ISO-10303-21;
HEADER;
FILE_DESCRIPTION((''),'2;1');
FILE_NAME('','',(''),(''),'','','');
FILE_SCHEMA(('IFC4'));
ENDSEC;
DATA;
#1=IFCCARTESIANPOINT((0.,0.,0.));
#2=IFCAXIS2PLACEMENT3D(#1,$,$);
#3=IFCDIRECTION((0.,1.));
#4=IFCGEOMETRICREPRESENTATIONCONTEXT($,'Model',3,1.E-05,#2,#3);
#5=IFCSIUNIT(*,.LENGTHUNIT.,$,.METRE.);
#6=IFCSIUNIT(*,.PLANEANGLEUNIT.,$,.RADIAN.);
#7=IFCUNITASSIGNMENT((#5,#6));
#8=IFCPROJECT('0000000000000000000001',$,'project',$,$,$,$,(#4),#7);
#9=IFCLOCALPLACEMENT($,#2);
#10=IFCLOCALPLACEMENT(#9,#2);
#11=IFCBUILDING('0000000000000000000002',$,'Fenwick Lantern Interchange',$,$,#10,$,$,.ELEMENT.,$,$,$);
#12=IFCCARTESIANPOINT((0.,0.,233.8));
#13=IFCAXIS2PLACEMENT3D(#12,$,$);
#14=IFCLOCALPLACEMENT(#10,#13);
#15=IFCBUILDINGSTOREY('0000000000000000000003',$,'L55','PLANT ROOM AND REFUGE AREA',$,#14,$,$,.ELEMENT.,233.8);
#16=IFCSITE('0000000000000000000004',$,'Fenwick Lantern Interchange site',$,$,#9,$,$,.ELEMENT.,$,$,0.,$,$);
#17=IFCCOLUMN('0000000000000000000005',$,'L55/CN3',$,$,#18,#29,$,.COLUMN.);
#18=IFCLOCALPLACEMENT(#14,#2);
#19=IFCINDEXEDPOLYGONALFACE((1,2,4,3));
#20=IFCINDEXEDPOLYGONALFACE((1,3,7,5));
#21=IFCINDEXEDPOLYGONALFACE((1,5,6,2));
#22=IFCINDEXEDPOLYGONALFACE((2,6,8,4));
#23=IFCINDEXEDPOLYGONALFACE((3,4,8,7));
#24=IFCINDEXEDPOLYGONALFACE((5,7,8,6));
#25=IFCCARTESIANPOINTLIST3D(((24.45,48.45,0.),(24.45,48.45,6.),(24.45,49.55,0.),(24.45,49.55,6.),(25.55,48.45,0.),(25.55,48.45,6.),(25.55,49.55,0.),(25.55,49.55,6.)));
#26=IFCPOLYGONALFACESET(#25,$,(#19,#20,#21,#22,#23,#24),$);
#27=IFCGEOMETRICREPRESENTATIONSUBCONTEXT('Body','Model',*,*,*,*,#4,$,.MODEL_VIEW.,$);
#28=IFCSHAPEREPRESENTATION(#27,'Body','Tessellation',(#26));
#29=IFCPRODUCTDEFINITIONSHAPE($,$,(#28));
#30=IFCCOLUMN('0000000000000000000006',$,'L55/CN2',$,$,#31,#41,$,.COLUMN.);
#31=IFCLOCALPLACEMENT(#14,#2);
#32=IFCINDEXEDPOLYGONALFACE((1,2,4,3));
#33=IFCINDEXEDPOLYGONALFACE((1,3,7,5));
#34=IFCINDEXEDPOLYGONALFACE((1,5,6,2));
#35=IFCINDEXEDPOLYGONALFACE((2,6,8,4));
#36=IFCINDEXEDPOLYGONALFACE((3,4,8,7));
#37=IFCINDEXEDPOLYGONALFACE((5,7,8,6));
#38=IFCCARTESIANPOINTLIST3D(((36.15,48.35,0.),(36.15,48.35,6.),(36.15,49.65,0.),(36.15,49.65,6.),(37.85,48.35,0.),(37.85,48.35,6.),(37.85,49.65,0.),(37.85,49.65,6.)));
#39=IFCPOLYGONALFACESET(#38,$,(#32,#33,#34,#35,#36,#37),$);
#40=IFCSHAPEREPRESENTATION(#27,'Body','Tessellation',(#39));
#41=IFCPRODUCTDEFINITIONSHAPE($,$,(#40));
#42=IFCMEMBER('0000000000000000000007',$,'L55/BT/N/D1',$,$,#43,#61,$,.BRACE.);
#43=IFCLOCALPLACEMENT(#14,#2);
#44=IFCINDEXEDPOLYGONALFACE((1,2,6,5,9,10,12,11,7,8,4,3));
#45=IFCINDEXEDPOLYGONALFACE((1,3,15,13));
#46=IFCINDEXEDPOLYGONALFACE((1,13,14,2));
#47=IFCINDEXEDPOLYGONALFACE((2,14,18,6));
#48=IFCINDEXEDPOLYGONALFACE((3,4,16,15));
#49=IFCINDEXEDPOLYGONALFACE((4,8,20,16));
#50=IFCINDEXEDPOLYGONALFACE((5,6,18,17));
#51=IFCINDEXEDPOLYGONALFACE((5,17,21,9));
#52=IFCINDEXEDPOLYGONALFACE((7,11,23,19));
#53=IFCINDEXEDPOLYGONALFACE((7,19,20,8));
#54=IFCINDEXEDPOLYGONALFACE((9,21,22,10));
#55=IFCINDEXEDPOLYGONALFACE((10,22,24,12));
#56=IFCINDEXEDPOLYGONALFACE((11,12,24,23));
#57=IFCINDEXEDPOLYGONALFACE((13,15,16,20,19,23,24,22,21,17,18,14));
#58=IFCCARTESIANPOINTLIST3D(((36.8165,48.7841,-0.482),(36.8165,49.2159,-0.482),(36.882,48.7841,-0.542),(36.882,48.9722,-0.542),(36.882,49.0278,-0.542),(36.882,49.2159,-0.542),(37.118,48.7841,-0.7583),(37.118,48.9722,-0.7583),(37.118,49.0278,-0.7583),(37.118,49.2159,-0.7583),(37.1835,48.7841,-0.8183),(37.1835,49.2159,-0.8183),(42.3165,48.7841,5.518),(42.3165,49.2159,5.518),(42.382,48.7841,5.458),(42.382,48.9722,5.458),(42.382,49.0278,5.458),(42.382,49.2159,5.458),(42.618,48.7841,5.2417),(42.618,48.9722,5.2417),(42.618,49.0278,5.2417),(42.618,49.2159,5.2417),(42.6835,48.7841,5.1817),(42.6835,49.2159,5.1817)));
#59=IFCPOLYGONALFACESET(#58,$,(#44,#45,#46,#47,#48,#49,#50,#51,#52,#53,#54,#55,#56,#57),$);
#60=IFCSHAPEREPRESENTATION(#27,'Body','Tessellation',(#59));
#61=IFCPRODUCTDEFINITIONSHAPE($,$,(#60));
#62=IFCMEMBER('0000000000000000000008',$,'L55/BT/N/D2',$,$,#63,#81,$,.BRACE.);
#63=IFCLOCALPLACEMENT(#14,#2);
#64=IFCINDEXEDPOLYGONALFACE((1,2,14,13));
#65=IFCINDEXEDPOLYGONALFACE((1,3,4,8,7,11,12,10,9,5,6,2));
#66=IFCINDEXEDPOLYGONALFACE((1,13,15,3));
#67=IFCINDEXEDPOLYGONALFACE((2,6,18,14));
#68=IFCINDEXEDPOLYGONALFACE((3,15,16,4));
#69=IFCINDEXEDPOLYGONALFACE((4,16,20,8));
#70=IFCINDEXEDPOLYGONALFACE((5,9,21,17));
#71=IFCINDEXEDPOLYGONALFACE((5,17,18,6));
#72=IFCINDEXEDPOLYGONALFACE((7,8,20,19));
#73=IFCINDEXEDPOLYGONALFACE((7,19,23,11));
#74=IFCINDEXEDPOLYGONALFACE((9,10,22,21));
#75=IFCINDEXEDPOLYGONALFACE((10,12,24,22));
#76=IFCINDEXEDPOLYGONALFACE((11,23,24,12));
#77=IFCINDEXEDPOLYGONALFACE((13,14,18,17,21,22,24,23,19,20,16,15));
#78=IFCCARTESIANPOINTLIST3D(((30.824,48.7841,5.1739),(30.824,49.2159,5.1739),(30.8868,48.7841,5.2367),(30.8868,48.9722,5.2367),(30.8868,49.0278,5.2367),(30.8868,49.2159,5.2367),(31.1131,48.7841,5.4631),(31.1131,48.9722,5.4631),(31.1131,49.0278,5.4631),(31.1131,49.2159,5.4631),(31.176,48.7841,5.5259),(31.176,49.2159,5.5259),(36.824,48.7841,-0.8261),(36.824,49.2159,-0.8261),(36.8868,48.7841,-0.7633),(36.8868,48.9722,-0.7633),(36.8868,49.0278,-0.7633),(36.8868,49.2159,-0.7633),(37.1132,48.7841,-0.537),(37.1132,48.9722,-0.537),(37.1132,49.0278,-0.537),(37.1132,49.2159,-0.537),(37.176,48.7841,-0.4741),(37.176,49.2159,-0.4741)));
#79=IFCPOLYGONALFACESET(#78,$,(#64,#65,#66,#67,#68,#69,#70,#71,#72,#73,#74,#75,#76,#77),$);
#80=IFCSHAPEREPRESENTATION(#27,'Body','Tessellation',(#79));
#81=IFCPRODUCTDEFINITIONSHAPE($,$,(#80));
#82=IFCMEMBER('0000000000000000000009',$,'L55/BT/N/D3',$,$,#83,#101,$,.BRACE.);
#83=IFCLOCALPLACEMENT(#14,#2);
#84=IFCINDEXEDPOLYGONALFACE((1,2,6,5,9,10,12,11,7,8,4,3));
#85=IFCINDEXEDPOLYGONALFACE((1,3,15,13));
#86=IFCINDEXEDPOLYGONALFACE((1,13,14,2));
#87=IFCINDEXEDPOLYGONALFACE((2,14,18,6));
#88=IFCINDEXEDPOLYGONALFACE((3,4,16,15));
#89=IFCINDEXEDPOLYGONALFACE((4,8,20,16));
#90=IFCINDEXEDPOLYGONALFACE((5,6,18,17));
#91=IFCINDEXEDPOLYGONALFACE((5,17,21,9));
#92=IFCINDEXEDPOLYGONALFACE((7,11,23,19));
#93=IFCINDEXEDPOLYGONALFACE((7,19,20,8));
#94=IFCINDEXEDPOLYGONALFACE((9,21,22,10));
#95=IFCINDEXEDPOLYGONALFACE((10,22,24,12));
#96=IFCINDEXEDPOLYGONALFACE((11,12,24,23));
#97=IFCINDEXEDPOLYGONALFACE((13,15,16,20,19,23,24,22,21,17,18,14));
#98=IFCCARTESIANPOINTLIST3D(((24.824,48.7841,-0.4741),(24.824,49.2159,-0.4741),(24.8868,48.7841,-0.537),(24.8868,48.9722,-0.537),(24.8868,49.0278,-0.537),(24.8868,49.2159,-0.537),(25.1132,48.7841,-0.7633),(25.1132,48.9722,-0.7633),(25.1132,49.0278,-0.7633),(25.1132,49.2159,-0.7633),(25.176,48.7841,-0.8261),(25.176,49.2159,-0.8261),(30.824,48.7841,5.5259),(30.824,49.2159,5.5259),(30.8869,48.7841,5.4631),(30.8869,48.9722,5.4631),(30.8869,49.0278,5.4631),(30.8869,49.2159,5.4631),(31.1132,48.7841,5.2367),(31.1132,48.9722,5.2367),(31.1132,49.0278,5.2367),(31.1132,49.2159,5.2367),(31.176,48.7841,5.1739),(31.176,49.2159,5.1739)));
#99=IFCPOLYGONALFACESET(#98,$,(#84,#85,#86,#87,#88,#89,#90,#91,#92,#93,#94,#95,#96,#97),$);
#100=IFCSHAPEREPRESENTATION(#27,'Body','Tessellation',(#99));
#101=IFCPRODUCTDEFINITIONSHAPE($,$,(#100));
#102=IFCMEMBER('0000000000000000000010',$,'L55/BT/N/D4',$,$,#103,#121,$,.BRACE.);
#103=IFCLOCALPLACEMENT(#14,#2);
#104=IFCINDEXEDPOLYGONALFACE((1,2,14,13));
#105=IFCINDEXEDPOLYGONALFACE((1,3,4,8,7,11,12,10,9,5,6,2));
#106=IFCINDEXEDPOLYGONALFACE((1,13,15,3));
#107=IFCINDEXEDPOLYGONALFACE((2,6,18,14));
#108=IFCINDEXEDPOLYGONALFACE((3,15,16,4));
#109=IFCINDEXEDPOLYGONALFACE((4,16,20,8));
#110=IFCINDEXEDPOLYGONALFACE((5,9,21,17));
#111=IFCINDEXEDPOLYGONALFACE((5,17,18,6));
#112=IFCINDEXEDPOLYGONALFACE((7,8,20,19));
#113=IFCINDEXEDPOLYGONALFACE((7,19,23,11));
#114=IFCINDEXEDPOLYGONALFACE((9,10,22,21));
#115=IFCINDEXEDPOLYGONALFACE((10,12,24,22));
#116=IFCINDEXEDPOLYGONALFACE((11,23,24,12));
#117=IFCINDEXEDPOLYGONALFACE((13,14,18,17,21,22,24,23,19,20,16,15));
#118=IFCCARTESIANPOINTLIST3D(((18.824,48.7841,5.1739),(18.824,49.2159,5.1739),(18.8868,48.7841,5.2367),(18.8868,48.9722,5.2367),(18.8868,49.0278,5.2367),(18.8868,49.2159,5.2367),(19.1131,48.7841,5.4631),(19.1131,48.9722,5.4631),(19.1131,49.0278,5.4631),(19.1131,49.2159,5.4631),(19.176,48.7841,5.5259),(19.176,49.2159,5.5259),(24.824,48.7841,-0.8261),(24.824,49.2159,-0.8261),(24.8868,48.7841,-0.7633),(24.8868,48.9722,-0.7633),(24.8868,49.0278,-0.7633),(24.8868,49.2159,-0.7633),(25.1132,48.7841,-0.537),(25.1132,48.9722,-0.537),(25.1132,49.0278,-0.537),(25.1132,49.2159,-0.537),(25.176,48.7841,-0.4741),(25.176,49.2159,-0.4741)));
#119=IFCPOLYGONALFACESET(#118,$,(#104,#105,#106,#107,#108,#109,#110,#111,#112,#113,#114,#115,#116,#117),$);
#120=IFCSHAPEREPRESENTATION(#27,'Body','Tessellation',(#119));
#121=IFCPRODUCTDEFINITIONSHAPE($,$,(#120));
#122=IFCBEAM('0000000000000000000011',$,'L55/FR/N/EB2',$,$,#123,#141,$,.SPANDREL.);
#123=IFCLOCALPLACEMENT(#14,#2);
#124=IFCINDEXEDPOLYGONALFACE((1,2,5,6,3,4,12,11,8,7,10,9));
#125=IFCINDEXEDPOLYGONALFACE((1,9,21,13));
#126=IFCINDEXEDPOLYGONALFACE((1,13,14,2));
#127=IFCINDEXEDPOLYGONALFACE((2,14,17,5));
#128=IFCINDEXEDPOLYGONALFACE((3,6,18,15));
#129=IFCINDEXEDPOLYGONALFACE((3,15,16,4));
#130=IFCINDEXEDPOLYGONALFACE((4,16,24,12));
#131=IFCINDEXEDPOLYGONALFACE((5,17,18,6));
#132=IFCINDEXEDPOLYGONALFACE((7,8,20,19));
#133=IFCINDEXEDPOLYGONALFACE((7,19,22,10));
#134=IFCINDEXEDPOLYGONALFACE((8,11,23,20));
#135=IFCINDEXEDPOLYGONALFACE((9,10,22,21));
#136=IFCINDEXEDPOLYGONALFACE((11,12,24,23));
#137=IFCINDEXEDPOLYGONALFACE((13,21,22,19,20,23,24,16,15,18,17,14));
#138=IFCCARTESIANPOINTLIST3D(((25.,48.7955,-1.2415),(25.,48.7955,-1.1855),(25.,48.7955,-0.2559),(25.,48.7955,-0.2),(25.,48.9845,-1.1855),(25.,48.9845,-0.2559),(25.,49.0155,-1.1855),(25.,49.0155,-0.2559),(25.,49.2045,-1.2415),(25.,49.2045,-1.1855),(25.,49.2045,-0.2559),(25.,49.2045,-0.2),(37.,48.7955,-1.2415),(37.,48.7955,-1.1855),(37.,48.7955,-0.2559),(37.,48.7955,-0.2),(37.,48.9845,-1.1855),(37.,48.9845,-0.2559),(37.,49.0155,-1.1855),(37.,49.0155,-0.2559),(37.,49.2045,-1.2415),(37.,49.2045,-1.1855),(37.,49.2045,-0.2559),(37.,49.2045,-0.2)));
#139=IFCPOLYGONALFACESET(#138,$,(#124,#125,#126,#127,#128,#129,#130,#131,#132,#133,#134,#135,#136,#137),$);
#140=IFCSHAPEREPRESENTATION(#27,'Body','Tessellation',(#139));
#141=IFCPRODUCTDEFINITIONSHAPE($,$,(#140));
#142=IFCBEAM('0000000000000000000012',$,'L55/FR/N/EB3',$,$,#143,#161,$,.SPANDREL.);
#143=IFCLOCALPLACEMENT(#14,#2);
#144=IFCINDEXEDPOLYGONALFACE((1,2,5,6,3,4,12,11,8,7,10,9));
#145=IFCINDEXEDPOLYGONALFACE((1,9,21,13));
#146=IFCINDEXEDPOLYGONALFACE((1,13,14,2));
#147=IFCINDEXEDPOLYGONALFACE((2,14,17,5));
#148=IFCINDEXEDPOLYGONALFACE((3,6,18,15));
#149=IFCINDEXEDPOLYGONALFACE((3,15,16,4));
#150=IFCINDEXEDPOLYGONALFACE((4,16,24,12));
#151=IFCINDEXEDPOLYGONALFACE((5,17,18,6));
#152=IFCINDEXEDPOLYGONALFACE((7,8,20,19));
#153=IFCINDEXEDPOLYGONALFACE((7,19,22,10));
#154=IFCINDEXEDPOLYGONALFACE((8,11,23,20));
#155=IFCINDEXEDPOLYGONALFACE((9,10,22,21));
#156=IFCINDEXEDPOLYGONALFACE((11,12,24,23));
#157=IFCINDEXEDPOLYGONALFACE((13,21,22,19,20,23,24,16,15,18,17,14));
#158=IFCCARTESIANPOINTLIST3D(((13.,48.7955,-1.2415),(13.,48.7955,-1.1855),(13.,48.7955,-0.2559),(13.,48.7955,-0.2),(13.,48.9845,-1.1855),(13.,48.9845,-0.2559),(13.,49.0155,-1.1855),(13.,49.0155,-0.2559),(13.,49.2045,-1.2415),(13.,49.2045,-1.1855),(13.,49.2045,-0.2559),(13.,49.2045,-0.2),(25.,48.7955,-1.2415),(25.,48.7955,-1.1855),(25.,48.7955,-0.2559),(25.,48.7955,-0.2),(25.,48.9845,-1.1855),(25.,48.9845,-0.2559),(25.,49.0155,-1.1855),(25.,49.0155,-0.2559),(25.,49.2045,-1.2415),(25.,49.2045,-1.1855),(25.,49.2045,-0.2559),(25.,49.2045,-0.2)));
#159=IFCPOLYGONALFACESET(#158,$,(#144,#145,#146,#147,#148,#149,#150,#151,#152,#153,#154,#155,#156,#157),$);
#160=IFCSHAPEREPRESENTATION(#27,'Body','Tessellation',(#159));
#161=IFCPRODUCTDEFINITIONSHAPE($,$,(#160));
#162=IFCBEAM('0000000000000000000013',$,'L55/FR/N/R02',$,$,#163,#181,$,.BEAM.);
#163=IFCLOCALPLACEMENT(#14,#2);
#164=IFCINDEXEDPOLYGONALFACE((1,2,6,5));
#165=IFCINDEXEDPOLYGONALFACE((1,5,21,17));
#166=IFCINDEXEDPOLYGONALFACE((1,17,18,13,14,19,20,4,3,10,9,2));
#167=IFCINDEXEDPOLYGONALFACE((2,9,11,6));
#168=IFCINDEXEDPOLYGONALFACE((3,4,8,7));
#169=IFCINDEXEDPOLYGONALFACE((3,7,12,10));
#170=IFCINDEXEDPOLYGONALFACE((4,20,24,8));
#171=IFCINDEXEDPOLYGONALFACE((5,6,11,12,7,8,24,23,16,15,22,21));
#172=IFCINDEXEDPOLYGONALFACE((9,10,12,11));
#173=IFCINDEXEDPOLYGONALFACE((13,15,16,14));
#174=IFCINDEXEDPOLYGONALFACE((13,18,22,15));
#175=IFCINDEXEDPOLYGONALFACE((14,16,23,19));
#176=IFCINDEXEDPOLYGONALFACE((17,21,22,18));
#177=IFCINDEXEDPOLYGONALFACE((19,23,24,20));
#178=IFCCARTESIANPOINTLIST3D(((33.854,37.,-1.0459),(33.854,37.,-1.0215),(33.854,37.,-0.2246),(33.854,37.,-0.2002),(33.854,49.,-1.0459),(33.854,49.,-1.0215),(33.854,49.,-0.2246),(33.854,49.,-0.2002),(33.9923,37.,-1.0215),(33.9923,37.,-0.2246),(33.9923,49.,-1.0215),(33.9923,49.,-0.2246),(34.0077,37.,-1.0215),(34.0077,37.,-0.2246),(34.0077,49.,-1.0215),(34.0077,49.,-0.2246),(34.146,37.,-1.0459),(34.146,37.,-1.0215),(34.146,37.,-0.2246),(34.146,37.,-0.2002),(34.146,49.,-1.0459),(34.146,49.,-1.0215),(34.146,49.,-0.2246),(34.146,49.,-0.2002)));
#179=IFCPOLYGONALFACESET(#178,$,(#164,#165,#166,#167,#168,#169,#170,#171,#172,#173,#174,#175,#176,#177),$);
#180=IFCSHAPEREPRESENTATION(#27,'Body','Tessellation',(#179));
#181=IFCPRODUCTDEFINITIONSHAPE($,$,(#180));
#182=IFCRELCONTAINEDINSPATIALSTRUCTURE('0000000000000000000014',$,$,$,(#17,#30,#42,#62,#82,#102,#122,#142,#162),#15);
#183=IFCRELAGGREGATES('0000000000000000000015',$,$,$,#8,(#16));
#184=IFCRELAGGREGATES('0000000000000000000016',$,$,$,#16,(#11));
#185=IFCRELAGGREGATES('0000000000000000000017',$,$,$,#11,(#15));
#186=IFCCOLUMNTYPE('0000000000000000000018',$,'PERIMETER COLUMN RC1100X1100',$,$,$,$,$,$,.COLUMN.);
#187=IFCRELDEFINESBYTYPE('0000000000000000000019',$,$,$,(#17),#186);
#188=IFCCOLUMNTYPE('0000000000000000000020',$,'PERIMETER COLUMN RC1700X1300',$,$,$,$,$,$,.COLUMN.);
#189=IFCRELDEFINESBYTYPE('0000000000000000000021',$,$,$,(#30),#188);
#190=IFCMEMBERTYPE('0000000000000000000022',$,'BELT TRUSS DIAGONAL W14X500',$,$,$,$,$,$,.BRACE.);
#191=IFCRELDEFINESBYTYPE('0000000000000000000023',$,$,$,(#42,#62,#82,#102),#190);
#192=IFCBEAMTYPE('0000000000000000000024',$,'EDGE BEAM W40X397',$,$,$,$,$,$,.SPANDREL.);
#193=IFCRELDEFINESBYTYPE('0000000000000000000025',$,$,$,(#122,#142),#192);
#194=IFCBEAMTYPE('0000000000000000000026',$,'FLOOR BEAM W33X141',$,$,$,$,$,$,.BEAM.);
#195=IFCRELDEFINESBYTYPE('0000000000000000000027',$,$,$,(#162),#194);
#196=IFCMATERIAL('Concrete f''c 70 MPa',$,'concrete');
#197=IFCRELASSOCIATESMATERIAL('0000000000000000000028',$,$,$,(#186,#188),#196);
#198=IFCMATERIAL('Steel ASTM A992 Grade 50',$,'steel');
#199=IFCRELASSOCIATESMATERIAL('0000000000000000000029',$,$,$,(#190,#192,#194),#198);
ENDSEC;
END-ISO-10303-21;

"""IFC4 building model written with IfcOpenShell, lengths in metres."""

from ifc_helpers import new_model, si_unit, direction, frame, origin, origin_2d, place, context, subcontext, project, spatial, rectangle, i_section, extrude, material, material_profile, profile_set, type_object, element, save


model = new_model("IFC4")

# Units and contexts
model_context = context("Model", 3, precision=1e-05, world=origin(), true_north=direction((0.0, 1.0)))
body_context = subcontext(model_context, "Body", "Model", "MODEL_VIEW")
ifc_project = project(units=[si_unit("LENGTHUNIT", "METRE"), si_unit("PLANEANGLEUNIT", "RADIAN")], contexts=[model_context])

# Site, building, storey
site_placement = place(None, origin())
site = spatial("IfcSite", under=ifc_project, at=site_placement, Name="Fenwick Lantern Interchange site", CompositionType="ELEMENT", RefElevation=0.0)
building_placement = place(site_placement, origin())
building = spatial("IfcBuilding", under=site, at=building_placement, Name="Fenwick Lantern Interchange", CompositionType="ELEMENT")
storey_placement = place(building_placement, frame((0.0, 0.0, 233.8)))
storey = spatial("IfcBuildingStorey", under=building, at=storey_placement, Name="L55", Description="PLANT ROOM AND REFUGE AREA", CompositionType="ELEMENT", Elevation=233.8)

# Columns
ifc_material_1 = material(Name="Concrete f'c 70 MPa", Category="concrete")
ifc_material_profile_1 = material_profile(ifc_material_1, rectangle(XDim=1.1001, YDim=1.1001, at=origin_2d()), Name="RC1100X1100")
ifc_profile_set_1 = profile_set([ifc_material_profile_1], Name="Concrete f'c 70 MPa")
column_type_1 = type_object("IfcColumnType", Name="PERIMETER COLUMN RC1100X1100", PredefinedType="COLUMN", material=ifc_profile_set_1)
column_1_placement = place(storey_placement, frame((25.0, 49.0, 0.0), z_axis=(0.0, 0.0, 1.0), x_axis=(1.0, 0.0, 0.0)))
element("IfcColumn", 1, at=column_1_placement, inside=storey, type_object=column_type_1, Name="L55/CN3", PredefinedType="COLUMN", context=body_context, shape_type="SweptSolid", body=[
    extrude(rectangle(XDim=1.1001, YDim=1.1001, at=origin_2d()), origin(), (0.0, 0.0, 1.0), 6.0),
])
ifc_material_profile_2 = material_profile(ifc_material_1, rectangle(XDim=1.7, YDim=1.3, at=origin_2d()), Name="RC1700X1300")
ifc_profile_set_2 = profile_set([ifc_material_profile_2], Name="Concrete f'c 70 MPa")
column_type_2 = type_object("IfcColumnType", Name="PERIMETER COLUMN RC1700X1300", PredefinedType="COLUMN", material=ifc_profile_set_2)
column_2_placement = place(storey_placement, frame((37.0, 49.0, 0.0), z_axis=(0.0, 0.0, 1.0), x_axis=(1.0, 0.0, 0.0)))
element("IfcColumn", 2, at=column_2_placement, inside=storey, type_object=column_type_2, Name="L55/CN2", PredefinedType="COLUMN", context=body_context, shape_type="SweptSolid", body=[
    extrude(rectangle(XDim=1.7, YDim=1.3, at=origin_2d()), origin(), (0.0, 0.0, 1.0), 6.0),
])

# Members
ifc_material_2 = material(Name="Steel ASTM A992 Grade 50", Category="steel")
ifc_material_profile_3 = material_profile(ifc_material_2, i_section(OverallWidth=0.4319, OverallDepth=0.4978, WebThickness=0.0557, FlangeThickness=0.0889, at=origin_2d()), Name="W14X500")
ifc_profile_set_3 = profile_set([ifc_material_profile_3], Name="Steel ASTM A992 Grade 50")
member_type_1 = type_object("IfcMemberType", Name="BELT TRUSS DIAGONAL W14X500", PredefinedType="BRACE", material=ifc_profile_set_3)
member_1_placement = place(storey_placement, frame((37.0, 49.0, -0.6501), z_axis=(0.675725, 0.0, 0.737154), x_axis=(0.0, 1.0, 0.0)))
element("IfcMember", 3, at=member_1_placement, inside=storey, type_object=member_type_1, Name="L55/BT/N/D1", PredefinedType="BRACE", context=body_context, shape_type="SweptSolid", body=[
    extrude(i_section(OverallWidth=0.4319, OverallDepth=0.4978, WebThickness=0.0557, FlangeThickness=0.0889, at=origin_2d()), origin(), (0.0, 0.0, 1.0), 8.1394),
])
for number, where, z_axis, x_axis, name in (
    (4, (37.0, 49.0, -0.6501), (-0.707107, 0.0, 0.707107), (0.0, -1.0, 0.0), "L55/BT/N/D2"),
    (5, (25.0, 49.0, -0.6501), (0.707107, 0.0, 0.707107), (0.0, 1.0, 0.0), "L55/BT/N/D3"),
    (6, (25.0, 49.0, -0.6501), (-0.707107, 0.0, 0.707107), (0.0, -1.0, 0.0), "L55/BT/N/D4"),
):
    element("IfcMember", number, at=place(storey_placement, frame(where, z_axis=z_axis, x_axis=x_axis)), inside=storey, type_object=member_type_1, Name=name, PredefinedType="BRACE", context=body_context, shape_type="SweptSolid", body=[
        extrude(i_section(OverallWidth=0.4319, OverallDepth=0.4978, WebThickness=0.0557, FlangeThickness=0.0889, at=origin_2d()), origin(), (0.0, 0.0, 1.0), 8.4854),
    ])

# Beams
ifc_material_profile_4 = material_profile(ifc_material_2, i_section(OverallWidth=0.4089, OverallDepth=1.0415, WebThickness=0.031, FlangeThickness=0.0559, at=origin_2d()), Name="W40X397")
ifc_profile_set_4 = profile_set([ifc_material_profile_4], Name="Steel ASTM A992 Grade 50")
beam_type_1 = type_object("IfcBeamType", Name="EDGE BEAM W40X397", PredefinedType="SPANDREL", material=ifc_profile_set_4)
for number, where, z_axis, x_axis, name in (
    (7, (37.0, 49.0, -0.7207), (-1.0, 0.0, 0.0), (0.0, -1.0, 0.0), "L55/FR/N/EB2"),
    (8, (25.0, 49.0, -0.7207), (-1.0, 0.0, 0.0), (0.0, -1.0, 0.0), "L55/FR/N/EB3"),
):
    element("IfcBeam", number, at=place(storey_placement, frame(where, z_axis=z_axis, x_axis=x_axis)), inside=storey, type_object=beam_type_1, Name=name, PredefinedType="SPANDREL", context=body_context, shape_type="SweptSolid", body=[
        extrude(i_section(OverallWidth=0.4089, OverallDepth=1.0415, WebThickness=0.031, FlangeThickness=0.0559, at=origin_2d()), origin(), (0.0, 0.0, 1.0), 12.0),
    ])
ifc_material_profile_5 = material_profile(ifc_material_2, i_section(OverallWidth=0.292, OverallDepth=0.8457, WebThickness=0.0154, FlangeThickness=0.0244, at=origin_2d()), Name="W33X141")
ifc_profile_set_5 = profile_set([ifc_material_profile_5], Name="Steel ASTM A992 Grade 50")
beam_type_2 = type_object("IfcBeamType", Name="FLOOR BEAM W33X141", PredefinedType="BEAM", material=ifc_profile_set_5)
for number, where, z_axis, x_axis, name in (
    (9, (34.0, 49.0, -0.623), (0.0, -1.0, 0.0), (1.0, 0.0, 0.0), "L55/FR/N/R02"),
):
    element("IfcBeam", number, at=place(storey_placement, frame(where, z_axis=z_axis, x_axis=x_axis)), inside=storey, type_object=beam_type_2, Name=name, PredefinedType="BEAM", context=body_context, shape_type="SweptSolid", body=[
        extrude(i_section(OverallWidth=0.292, OverallDepth=0.8457, WebThickness=0.0154, FlangeThickness=0.0244, at=origin_2d()), origin(), (0.0, 0.0, 1.0), 12.0),
    ])

save(model, "model.ifc")
